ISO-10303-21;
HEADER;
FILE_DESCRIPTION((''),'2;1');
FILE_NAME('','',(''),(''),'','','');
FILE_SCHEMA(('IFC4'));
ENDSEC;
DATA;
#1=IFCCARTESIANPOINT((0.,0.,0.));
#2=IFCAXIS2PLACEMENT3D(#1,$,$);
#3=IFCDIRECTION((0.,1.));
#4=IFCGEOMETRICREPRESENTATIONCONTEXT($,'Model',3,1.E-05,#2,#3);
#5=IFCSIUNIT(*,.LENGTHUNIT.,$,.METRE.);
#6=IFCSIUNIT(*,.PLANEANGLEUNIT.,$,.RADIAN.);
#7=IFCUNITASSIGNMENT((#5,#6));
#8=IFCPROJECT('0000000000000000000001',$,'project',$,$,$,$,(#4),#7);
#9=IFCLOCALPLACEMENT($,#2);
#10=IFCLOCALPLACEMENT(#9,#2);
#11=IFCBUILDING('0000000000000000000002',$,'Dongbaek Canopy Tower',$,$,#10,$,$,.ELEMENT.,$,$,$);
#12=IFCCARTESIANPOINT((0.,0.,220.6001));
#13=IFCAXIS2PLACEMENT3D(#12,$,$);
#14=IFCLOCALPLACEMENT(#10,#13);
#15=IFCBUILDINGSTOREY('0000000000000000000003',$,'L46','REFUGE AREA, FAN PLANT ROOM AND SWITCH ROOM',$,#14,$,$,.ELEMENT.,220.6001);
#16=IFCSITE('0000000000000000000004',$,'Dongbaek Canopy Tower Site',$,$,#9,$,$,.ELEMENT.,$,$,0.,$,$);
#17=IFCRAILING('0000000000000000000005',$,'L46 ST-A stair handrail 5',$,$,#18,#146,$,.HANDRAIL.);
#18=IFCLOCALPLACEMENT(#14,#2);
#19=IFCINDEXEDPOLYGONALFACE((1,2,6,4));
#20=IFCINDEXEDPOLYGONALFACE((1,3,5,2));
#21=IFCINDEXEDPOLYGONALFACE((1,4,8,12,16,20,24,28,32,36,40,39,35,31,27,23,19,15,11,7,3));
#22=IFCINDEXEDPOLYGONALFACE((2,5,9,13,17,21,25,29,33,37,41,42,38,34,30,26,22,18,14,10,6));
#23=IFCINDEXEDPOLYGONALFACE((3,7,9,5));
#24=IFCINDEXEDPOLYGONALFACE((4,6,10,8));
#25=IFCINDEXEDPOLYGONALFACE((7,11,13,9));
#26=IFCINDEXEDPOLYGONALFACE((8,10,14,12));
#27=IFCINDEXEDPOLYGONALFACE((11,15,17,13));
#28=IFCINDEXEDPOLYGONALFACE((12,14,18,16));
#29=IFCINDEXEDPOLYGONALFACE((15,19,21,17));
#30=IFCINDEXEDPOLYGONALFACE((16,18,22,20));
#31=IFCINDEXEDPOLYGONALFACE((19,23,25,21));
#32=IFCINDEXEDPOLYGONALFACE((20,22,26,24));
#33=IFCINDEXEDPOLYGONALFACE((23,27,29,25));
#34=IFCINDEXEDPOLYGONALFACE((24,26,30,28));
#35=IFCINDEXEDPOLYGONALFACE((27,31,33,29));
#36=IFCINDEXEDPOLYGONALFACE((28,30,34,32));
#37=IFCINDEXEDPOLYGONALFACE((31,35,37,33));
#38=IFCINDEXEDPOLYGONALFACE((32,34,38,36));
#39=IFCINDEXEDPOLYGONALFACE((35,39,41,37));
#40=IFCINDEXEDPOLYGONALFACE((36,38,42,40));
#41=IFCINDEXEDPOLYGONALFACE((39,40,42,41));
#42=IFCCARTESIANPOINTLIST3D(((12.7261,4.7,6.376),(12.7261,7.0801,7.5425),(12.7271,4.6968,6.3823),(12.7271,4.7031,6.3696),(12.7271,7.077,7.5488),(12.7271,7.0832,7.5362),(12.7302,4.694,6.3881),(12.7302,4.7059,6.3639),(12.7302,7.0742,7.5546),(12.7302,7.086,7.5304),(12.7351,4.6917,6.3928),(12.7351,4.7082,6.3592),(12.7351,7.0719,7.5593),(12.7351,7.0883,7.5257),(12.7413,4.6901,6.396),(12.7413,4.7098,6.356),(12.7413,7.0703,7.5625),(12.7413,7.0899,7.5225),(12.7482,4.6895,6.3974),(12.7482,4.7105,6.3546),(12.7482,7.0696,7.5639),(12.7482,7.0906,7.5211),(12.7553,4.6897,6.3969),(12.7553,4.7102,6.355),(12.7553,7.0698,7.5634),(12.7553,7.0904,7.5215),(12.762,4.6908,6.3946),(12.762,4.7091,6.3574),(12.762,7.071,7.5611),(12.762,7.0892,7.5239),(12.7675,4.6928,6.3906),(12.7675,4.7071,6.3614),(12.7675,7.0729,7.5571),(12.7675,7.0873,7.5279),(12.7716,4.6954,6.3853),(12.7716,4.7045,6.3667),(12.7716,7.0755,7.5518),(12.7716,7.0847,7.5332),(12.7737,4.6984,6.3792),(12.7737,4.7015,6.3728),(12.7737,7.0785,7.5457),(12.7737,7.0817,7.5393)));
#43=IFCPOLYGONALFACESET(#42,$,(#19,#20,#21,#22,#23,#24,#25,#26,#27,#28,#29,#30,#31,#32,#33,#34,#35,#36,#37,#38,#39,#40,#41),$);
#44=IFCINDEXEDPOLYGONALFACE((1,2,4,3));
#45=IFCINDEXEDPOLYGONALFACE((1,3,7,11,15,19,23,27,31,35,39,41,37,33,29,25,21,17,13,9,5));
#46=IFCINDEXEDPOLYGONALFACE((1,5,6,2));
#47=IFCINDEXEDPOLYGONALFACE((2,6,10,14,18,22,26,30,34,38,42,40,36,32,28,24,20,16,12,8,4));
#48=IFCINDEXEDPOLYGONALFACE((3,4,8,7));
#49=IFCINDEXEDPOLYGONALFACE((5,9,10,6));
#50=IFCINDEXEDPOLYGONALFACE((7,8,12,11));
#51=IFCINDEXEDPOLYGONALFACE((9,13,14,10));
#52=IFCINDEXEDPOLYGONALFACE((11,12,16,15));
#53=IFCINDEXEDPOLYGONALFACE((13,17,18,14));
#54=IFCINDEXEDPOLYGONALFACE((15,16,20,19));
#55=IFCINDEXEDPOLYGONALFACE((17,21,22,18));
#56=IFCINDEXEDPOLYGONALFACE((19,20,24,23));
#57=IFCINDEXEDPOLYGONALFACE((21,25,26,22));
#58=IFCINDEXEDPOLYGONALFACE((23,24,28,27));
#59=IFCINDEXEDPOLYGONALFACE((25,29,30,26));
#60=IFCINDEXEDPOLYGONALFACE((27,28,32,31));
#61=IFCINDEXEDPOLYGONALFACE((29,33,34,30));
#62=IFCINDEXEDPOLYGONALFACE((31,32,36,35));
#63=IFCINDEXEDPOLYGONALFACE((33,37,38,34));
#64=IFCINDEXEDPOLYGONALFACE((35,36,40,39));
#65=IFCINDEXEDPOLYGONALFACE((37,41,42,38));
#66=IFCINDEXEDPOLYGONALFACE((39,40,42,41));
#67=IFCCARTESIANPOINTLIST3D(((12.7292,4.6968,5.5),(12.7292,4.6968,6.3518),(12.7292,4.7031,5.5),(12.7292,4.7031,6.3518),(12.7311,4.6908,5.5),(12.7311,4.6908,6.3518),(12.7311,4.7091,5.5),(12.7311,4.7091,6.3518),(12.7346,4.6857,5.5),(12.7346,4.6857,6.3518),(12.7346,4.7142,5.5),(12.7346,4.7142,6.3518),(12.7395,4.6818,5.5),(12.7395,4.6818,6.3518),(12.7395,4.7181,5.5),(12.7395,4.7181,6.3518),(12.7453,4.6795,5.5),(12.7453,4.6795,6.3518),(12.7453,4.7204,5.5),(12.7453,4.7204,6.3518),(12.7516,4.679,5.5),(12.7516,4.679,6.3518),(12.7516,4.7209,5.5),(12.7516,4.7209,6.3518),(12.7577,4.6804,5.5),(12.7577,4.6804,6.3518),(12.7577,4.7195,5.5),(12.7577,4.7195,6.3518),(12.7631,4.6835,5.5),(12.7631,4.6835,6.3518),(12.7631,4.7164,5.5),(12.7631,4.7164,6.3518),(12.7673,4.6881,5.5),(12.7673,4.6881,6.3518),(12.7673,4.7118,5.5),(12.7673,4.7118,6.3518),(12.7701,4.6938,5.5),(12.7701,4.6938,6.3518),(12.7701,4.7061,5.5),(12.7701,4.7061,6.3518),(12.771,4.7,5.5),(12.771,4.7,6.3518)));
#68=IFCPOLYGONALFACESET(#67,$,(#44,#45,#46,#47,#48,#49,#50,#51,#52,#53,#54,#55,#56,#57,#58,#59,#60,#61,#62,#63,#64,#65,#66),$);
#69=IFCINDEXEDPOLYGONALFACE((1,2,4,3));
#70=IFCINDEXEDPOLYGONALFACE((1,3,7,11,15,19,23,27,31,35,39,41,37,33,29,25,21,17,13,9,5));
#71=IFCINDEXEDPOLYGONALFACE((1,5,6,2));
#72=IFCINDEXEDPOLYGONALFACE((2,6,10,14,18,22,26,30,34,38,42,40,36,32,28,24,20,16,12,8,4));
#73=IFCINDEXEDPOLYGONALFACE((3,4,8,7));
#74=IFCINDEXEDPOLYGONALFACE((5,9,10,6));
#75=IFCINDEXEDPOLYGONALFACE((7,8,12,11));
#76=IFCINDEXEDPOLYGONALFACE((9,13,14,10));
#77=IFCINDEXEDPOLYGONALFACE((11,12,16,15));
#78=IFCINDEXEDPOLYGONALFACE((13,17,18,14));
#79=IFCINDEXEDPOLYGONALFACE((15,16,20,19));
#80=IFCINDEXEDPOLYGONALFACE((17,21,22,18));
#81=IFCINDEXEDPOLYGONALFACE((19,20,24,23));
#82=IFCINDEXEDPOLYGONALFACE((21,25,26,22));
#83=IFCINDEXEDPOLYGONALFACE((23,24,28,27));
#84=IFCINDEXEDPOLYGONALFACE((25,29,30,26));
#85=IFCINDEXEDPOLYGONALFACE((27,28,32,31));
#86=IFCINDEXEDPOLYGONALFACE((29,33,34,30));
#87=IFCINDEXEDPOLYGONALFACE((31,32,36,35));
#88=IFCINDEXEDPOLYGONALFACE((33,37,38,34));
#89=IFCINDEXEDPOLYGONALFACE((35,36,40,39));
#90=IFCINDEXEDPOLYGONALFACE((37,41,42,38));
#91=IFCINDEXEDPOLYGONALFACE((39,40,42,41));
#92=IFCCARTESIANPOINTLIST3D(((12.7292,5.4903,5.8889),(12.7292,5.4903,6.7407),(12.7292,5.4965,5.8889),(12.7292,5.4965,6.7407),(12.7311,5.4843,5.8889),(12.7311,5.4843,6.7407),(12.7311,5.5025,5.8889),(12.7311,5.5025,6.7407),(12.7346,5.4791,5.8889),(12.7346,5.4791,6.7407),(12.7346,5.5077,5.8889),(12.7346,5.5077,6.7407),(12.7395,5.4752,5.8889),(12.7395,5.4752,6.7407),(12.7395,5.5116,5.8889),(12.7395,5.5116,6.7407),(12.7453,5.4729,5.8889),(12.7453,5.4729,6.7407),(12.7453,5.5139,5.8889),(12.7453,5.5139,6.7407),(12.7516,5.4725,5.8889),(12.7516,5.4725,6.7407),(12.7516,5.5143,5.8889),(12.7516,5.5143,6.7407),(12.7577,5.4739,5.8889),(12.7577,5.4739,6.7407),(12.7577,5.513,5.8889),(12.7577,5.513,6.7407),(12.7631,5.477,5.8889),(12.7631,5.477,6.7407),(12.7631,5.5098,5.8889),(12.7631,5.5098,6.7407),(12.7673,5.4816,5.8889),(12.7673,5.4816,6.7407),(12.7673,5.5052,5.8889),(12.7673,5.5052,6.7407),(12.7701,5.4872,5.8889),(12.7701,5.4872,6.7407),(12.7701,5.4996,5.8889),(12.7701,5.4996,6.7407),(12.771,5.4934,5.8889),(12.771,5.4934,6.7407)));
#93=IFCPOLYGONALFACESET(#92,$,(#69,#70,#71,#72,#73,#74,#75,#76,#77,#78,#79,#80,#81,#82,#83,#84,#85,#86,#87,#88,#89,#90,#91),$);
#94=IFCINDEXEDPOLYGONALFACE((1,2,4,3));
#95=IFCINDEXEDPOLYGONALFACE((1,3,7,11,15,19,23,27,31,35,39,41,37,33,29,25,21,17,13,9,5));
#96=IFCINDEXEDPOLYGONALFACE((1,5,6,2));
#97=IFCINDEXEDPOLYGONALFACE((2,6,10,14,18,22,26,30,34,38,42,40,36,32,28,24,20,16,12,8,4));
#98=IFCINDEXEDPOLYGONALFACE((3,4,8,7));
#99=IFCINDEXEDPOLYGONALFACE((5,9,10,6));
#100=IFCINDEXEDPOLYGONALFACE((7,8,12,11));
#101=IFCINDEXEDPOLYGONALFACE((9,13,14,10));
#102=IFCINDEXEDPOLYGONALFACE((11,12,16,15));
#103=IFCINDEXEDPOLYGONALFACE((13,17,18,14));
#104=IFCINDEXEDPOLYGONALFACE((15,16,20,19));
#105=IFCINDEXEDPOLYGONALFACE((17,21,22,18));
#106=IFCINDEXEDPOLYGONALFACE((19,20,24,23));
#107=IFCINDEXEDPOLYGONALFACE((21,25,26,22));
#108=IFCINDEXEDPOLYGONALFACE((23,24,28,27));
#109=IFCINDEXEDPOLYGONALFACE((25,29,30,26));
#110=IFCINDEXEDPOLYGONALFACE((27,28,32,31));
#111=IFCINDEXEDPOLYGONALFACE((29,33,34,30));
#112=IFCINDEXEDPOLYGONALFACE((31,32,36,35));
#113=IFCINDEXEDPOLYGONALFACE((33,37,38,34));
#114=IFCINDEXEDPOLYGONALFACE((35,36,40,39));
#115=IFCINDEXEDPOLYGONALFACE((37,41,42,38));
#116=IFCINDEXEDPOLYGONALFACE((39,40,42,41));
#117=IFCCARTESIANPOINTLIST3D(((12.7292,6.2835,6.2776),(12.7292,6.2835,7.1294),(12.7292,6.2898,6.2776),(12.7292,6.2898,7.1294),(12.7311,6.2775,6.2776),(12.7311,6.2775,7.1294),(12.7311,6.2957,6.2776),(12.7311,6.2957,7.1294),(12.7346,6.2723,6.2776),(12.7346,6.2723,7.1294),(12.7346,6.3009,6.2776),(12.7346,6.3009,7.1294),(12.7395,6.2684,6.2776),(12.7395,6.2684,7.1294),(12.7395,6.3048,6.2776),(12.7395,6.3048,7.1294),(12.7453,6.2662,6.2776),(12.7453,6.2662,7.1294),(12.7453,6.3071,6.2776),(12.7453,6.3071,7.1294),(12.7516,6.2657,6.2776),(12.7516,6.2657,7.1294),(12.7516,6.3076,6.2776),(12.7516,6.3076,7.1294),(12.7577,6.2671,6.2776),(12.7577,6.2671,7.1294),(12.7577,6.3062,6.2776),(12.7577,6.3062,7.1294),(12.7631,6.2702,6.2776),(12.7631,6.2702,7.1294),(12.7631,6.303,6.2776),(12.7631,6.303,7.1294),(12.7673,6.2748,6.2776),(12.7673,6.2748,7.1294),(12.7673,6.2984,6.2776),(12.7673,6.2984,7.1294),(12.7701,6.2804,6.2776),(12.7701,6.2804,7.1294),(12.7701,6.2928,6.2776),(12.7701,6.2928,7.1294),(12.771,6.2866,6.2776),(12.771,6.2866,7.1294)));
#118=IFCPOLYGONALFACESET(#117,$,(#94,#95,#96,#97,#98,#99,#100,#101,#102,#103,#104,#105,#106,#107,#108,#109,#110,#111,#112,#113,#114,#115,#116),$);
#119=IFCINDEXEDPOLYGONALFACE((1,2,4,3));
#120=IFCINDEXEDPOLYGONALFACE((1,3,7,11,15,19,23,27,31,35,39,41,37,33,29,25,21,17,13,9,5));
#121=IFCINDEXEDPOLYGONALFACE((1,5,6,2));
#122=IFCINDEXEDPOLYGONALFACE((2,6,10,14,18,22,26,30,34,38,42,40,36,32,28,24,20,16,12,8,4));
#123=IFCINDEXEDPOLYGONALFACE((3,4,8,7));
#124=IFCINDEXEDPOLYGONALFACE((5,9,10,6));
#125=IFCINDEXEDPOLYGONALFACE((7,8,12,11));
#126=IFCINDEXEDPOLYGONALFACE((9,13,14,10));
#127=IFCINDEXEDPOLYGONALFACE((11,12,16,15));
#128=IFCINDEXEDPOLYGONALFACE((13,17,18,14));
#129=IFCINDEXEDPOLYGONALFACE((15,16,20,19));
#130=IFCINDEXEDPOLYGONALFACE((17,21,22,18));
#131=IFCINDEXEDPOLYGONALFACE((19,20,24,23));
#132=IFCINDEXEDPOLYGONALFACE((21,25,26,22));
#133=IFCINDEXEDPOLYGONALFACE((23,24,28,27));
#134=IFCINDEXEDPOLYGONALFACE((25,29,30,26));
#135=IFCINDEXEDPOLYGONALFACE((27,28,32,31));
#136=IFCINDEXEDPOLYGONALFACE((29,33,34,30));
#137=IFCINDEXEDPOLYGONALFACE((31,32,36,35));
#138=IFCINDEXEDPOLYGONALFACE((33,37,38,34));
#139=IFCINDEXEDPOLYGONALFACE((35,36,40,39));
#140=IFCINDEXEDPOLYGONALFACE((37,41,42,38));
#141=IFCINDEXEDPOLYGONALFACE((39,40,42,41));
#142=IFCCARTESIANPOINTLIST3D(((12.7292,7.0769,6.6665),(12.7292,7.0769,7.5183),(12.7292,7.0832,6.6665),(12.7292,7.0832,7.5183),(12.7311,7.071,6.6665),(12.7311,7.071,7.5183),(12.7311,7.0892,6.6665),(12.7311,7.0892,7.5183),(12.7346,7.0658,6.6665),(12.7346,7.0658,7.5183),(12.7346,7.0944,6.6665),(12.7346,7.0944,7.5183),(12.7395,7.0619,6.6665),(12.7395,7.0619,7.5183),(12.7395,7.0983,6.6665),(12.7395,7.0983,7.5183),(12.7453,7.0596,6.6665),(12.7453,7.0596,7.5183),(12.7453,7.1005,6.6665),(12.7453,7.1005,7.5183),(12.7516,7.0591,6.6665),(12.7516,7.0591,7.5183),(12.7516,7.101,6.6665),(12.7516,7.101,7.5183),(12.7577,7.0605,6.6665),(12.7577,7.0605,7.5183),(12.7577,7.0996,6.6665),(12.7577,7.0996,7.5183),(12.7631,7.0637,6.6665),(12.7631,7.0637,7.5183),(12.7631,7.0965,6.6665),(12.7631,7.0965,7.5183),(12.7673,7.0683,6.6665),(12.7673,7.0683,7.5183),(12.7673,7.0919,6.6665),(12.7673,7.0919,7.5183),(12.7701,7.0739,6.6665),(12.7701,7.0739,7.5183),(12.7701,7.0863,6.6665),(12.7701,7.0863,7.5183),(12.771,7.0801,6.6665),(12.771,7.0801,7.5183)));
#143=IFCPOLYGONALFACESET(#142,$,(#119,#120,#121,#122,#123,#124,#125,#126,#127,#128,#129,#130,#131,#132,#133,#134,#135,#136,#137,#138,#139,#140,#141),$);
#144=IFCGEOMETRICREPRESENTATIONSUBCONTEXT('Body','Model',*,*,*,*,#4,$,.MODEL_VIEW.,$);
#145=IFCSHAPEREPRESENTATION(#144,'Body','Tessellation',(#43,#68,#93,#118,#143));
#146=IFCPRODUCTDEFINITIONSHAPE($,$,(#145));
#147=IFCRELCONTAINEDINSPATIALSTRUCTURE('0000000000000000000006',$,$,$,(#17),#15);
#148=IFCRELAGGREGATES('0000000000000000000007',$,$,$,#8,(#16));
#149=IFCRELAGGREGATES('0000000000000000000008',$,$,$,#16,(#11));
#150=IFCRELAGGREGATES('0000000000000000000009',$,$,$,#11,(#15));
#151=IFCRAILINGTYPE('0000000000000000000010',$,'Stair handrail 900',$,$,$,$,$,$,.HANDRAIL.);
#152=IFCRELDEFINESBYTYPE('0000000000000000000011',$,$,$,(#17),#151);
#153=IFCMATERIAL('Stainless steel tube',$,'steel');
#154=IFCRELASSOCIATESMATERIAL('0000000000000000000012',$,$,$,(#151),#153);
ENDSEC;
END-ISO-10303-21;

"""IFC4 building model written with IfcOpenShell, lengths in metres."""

from ifc_helpers import new_model, si_unit, direction, frame, origin, origin_2d, place, context, subcontext, project, spatial, circle, extrude, material, type_object, element, save


model = new_model("IFC4")

# Units and contexts
model_context = context("Model", 3, precision=1e-05, world=origin(), true_north=direction((0.0, 1.0)))
body_context = subcontext(model_context, "Body", "Model", "MODEL_VIEW")
ifc_project = project(units=[si_unit("LENGTHUNIT", "METRE"), si_unit("PLANEANGLEUNIT", "RADIAN")], contexts=[model_context])

# Site, building, storey
site_placement = place(None, origin())
site = spatial("IfcSite", under=ifc_project, at=site_placement, Name="Dongbaek Canopy Tower Site", CompositionType="ELEMENT", RefElevation=0.0)
building_placement = place(site_placement, origin())
building = spatial("IfcBuilding", under=site, at=building_placement, Name="Dongbaek Canopy Tower", CompositionType="ELEMENT")
storey_placement = place(building_placement, frame((0.0, 0.0, 220.6001)))
storey = spatial("IfcBuildingStorey", under=building, at=storey_placement, Name="L46", Description="REFUGE AREA, FAN PLANT ROOM AND SWITCH ROOM", CompositionType="ELEMENT", Elevation=220.6001)

# Railing
ifc_material_1 = material(Name="Stainless steel tube", Category="steel")
railing_type_1 = type_object("IfcRailingType", Name="Stair handrail 900", PredefinedType="HANDRAIL", material=ifc_material_1)
railing_1_placement = place(storey_placement, frame((12.75, 4.7, 5.5)))
element("IfcRailing", 1, at=railing_1_placement, inside=storey, type_object=railing_type_1, Name="L46 ST-A stair handrail 5", PredefinedType="HANDRAIL", context=body_context, shape_type="SweptSolid", body=[
    extrude(circle(Radius=0.0239, at=origin_2d()), frame((0.0, 0.0, 0.876), z_axis=(0.0, 0.897954, 0.440089), x_axis=(-1.0, 0.0, 0.0)), (0.0, 0.0, 1.0), 2.6506),
    extrude(circle(Radius=0.021, at=origin_2d()), origin(), (0.0, 0.0, 1.0), 0.8518),
    extrude(circle(Radius=0.021, at=origin_2d()), frame((0.0, 0.7935, 0.3889)), (0.0, 0.0, 1.0), 0.8518),
    extrude(circle(Radius=0.021, at=origin_2d()), frame((0.0, 1.5867, 0.7776)), (0.0, 0.0, 1.0), 0.8518),
    extrude(circle(Radius=0.021, at=origin_2d()), frame((0.0, 2.3801, 1.1665)), (0.0, 0.0, 1.0), 0.8518),
])

save(model, "model.ifc")
